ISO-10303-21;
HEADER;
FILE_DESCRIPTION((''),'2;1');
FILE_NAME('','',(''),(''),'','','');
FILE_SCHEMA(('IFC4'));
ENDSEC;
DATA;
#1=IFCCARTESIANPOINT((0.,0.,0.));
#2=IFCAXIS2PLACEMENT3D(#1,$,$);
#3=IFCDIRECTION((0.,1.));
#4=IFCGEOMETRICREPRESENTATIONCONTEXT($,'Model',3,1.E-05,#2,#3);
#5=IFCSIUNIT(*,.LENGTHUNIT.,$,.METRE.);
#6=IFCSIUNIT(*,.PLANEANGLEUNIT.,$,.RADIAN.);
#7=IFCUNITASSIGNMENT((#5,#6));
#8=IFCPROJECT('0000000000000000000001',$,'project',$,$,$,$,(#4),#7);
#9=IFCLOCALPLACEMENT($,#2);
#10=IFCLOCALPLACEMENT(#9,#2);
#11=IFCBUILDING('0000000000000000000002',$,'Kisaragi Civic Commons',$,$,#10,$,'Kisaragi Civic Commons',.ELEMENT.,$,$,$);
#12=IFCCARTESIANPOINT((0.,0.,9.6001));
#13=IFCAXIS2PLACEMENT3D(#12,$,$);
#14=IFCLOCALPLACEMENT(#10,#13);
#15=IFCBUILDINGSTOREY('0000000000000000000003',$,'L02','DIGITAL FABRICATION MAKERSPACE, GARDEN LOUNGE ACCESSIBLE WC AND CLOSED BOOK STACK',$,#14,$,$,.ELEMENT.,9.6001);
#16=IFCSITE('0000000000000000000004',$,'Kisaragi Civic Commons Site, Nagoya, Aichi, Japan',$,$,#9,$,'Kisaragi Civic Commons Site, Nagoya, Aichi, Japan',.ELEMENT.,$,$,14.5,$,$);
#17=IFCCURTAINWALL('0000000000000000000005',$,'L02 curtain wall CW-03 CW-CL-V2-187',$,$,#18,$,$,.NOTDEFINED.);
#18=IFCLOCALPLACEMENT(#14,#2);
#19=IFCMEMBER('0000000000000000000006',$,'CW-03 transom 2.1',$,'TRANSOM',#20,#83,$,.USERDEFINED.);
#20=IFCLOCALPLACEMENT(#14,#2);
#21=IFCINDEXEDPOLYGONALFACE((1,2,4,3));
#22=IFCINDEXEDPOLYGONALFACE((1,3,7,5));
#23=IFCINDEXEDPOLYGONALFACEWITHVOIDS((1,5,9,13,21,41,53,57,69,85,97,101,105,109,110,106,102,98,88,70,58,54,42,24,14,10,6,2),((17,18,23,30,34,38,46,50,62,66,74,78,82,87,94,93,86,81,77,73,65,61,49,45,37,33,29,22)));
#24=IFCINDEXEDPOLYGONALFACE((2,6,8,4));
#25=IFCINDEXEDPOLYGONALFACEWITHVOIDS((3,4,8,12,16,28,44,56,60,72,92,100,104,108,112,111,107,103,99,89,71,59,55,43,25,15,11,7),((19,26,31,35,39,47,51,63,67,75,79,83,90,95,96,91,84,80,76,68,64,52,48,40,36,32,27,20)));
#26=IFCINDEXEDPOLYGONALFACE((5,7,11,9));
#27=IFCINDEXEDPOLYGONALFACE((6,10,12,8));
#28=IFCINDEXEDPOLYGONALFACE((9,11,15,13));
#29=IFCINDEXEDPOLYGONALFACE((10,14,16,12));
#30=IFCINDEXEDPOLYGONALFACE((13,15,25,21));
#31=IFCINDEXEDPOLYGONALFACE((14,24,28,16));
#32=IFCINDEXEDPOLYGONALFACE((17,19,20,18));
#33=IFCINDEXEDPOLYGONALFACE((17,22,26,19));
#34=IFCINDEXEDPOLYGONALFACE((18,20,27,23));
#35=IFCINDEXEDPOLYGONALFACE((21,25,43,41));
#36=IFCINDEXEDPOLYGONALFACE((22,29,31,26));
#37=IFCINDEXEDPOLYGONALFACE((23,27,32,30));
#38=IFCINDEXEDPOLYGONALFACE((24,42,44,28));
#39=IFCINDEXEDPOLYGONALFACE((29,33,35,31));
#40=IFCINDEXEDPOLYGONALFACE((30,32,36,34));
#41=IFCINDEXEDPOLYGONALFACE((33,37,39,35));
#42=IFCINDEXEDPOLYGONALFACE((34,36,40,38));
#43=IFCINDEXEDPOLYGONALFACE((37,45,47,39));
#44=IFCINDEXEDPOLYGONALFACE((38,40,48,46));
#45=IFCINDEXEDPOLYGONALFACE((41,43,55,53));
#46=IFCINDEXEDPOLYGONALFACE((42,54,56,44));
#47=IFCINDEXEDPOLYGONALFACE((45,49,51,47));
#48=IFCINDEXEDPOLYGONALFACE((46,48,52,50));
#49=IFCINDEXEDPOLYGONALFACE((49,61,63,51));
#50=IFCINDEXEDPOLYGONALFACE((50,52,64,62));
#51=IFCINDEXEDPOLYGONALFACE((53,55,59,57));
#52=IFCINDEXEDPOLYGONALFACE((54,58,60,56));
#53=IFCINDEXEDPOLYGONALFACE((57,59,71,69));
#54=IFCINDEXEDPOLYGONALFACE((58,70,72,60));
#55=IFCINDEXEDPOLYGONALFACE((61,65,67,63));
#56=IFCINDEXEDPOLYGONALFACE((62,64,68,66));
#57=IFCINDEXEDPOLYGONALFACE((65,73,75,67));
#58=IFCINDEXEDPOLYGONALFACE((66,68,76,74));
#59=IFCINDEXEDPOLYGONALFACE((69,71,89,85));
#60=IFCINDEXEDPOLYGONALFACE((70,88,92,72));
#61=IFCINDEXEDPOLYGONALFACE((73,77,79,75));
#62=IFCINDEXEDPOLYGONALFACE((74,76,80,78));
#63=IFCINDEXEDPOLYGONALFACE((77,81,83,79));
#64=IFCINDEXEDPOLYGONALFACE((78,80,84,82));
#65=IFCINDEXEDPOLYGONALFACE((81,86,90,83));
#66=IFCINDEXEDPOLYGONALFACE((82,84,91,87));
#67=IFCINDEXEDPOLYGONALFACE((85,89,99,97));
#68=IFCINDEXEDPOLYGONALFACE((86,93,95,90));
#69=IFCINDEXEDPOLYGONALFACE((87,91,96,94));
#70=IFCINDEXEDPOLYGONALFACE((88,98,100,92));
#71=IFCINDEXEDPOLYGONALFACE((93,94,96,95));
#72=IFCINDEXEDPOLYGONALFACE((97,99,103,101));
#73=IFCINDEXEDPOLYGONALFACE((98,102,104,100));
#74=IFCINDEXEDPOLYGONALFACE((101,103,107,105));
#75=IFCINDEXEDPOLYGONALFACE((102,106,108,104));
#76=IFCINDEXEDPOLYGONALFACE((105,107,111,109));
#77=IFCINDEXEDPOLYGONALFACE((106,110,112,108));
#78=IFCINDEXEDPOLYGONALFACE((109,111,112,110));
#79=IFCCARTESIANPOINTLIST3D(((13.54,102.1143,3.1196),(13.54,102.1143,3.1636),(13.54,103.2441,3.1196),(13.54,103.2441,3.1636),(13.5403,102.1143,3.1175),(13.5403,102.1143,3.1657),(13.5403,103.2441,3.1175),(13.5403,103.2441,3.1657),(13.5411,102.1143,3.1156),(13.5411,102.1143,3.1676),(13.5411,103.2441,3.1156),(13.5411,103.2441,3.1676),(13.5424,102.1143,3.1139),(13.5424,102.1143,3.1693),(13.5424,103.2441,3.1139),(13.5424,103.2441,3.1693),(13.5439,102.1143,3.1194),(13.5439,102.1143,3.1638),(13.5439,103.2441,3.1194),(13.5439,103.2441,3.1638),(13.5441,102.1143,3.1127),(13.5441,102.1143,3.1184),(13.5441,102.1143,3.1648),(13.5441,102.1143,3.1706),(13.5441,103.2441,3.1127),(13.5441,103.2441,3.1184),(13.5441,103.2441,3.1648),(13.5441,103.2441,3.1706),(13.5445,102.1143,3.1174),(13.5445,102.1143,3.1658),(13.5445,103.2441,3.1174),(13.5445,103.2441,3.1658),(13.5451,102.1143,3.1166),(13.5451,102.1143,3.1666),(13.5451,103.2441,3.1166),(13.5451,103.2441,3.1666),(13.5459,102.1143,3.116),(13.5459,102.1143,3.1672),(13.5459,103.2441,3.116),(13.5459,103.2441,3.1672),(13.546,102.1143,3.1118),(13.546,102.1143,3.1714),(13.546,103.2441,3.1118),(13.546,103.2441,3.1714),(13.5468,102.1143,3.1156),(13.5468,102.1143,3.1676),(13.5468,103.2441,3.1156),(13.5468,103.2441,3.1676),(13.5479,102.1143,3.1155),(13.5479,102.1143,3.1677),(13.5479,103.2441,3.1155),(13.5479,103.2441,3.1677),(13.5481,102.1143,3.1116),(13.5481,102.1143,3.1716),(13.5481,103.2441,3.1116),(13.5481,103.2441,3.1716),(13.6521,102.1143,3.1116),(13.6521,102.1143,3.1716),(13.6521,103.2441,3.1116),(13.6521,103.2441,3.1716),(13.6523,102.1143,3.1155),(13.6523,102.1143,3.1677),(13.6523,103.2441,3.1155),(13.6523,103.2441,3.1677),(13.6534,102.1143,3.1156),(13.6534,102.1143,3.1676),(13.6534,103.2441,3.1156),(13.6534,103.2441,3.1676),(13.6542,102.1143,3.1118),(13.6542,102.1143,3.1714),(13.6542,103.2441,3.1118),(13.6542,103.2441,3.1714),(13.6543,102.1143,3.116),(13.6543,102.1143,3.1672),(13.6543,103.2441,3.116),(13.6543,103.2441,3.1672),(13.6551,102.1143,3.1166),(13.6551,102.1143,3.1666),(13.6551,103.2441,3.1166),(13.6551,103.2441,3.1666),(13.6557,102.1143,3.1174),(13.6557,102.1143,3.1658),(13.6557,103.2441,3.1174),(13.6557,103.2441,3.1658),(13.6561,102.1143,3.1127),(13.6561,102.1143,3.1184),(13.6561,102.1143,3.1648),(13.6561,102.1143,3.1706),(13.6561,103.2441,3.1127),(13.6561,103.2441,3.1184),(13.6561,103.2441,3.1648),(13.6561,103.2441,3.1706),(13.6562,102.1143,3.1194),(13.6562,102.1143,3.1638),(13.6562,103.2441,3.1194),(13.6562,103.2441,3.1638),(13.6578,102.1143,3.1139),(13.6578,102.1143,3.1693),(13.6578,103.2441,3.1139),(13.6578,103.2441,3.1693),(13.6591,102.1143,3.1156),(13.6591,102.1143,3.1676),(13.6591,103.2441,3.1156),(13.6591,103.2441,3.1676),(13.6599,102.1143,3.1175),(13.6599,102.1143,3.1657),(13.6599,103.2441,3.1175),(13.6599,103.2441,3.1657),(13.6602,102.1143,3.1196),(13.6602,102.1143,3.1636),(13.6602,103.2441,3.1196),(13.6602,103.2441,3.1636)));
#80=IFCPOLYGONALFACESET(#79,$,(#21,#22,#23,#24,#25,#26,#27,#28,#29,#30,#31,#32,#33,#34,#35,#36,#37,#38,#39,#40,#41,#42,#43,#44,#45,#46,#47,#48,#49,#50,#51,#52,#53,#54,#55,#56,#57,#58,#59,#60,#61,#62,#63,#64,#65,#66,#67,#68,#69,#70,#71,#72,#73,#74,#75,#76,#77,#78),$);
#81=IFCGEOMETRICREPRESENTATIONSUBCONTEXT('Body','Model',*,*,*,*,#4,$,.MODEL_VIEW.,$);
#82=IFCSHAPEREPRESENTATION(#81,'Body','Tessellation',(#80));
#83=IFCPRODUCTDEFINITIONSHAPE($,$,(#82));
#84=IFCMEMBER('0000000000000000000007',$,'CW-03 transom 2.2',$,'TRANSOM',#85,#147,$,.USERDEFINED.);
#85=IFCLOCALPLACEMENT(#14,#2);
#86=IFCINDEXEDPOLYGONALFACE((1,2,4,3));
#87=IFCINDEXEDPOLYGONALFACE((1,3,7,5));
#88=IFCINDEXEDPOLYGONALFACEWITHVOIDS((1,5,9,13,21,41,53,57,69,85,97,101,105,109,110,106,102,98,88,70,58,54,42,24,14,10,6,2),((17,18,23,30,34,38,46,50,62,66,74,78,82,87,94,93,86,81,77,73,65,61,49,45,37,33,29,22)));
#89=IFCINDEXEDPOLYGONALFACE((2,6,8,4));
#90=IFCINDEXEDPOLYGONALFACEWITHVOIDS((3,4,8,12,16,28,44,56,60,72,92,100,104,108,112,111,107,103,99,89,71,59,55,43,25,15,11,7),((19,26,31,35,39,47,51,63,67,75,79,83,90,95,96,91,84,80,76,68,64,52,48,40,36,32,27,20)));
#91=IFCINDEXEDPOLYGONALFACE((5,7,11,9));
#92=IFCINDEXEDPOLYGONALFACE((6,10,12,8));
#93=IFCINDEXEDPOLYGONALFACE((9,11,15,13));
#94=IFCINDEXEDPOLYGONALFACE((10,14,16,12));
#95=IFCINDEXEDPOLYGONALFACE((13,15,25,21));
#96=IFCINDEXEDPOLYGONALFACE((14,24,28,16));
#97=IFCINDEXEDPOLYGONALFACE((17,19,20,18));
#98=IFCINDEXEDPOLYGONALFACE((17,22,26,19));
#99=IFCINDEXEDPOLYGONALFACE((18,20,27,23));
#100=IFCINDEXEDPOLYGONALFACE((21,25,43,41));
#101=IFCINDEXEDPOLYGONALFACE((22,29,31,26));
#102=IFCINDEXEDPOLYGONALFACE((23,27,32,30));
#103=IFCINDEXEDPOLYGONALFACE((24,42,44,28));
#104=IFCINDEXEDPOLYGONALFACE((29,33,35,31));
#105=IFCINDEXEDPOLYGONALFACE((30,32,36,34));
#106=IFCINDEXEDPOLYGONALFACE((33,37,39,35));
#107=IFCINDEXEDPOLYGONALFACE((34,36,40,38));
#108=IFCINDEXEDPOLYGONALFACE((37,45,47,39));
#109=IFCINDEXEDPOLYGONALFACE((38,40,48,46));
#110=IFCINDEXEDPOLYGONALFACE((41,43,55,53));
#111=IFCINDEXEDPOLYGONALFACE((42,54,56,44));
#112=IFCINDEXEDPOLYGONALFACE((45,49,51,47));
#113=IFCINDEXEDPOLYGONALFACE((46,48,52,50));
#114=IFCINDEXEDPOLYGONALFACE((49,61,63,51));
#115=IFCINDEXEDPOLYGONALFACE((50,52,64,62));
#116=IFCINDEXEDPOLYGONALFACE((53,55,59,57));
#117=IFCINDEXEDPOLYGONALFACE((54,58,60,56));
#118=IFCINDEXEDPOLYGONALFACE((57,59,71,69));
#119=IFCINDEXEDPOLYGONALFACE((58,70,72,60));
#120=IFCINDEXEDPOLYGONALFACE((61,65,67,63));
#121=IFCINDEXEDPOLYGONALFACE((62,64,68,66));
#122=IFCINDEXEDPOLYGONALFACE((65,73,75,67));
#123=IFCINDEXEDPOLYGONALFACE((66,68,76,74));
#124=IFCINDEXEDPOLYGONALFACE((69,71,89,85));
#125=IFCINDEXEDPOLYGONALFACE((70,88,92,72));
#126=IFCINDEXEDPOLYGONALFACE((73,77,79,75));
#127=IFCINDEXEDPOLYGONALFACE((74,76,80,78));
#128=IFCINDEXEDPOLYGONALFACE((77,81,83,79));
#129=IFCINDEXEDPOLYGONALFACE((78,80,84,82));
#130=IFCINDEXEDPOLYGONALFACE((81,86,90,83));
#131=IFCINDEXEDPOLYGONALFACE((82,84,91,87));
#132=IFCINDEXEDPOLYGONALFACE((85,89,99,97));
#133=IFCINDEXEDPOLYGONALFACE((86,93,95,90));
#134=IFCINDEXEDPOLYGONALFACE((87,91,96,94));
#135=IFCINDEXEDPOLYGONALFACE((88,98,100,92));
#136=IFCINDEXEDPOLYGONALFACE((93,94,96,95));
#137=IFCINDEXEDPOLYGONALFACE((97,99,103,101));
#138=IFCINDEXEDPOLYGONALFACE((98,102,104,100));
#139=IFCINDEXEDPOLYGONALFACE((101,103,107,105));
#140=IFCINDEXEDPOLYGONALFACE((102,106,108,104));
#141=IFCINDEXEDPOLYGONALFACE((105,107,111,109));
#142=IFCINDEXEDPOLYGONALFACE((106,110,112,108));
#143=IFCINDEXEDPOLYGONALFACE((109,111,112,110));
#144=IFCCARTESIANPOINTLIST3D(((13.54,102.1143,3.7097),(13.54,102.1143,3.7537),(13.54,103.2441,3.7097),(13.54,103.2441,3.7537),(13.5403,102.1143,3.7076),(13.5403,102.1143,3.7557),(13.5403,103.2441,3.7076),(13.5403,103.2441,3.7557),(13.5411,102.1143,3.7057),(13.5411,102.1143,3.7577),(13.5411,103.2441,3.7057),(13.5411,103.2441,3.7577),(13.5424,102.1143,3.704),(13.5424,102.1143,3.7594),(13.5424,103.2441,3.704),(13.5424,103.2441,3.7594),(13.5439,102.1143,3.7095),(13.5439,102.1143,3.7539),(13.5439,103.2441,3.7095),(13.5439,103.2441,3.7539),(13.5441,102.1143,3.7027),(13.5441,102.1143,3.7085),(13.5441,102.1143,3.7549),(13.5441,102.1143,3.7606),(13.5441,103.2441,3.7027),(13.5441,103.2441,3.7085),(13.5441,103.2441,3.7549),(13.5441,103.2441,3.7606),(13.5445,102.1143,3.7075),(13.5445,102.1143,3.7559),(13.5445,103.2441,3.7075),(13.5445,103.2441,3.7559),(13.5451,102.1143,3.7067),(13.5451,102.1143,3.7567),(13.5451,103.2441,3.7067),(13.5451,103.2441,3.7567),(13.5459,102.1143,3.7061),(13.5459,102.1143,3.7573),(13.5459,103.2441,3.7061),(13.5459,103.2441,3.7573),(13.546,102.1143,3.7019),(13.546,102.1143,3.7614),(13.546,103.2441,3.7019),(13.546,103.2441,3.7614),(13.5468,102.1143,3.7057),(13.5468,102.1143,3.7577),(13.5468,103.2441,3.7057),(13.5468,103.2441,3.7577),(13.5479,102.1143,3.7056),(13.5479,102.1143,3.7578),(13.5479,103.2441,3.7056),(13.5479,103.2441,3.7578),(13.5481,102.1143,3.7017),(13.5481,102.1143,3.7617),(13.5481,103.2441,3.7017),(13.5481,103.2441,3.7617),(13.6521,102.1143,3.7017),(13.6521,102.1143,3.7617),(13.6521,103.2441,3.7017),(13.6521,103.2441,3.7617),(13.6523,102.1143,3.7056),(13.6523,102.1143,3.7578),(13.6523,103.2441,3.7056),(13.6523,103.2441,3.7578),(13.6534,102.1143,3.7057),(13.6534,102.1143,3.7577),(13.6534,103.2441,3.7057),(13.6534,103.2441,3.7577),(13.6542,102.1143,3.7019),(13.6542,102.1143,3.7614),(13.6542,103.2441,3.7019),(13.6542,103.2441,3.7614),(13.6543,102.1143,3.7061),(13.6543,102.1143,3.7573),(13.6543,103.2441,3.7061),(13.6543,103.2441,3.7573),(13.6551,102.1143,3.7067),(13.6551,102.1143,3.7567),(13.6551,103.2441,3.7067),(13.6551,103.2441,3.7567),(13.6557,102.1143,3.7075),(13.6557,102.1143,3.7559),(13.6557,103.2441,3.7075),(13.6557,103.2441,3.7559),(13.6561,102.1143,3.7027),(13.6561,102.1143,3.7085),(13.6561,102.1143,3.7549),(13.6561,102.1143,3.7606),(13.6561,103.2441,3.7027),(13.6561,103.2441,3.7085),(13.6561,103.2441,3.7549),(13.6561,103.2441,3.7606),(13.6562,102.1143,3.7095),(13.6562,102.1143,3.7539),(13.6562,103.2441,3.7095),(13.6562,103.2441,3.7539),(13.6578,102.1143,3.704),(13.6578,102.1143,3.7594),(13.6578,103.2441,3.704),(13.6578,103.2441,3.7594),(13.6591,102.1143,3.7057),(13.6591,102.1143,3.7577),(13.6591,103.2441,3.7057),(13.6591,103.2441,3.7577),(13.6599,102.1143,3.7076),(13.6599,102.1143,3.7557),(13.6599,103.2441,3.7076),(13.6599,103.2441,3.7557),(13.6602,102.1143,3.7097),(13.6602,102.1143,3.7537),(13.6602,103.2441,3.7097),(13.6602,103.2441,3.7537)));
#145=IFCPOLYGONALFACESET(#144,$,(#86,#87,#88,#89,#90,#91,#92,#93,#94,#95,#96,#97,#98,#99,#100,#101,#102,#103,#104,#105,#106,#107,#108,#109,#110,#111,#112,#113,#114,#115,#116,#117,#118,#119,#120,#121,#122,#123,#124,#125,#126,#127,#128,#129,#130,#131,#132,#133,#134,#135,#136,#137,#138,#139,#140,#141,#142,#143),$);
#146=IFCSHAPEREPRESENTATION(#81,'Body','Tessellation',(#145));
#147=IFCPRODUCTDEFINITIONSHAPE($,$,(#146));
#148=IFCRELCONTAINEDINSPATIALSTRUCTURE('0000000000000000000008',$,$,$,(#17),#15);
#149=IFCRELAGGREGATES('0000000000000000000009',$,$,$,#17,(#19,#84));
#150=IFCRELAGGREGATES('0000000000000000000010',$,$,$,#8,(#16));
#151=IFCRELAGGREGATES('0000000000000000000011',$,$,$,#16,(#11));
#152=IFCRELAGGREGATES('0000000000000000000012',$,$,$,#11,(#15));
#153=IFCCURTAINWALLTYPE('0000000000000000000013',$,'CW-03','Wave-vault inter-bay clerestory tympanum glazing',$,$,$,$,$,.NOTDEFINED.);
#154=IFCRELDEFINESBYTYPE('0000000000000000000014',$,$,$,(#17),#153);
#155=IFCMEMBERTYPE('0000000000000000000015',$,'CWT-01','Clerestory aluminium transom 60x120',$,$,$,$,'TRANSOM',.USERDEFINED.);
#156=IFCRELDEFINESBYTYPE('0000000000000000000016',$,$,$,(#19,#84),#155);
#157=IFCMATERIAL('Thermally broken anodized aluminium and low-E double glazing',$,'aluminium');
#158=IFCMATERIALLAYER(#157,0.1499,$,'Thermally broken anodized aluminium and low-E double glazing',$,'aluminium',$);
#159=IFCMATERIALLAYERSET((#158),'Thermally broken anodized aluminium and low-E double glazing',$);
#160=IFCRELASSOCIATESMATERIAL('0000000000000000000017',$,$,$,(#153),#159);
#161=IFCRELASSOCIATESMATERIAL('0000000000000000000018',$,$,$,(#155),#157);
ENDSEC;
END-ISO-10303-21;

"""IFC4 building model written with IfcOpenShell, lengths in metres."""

from ifc_helpers import new_model, si_unit, direction, frame, origin, origin_2d, place, context, subcontext, project, spatial, hollow_rectangle, extrude, material, layer, layer_set, material_profile, profile_set, type_object, element, aggregate, save


model = new_model("IFC4")

# Units and contexts
model_context = context("Model", 3, precision=1e-05, world=origin(), true_north=direction((0.0, 1.0)))
body_context = subcontext(model_context, "Body", "Model", "MODEL_VIEW")
ifc_project = project(units=[si_unit("LENGTHUNIT", "METRE"), si_unit("PLANEANGLEUNIT", "RADIAN")], contexts=[model_context])

# Site, building, storey
site_placement = place(None, origin())
site = spatial("IfcSite", under=ifc_project, at=site_placement, Name="Kisaragi Civic Commons Site, Nagoya, Aichi, Japan", LongName="Kisaragi Civic Commons Site, Nagoya, Aichi, Japan", CompositionType="ELEMENT", RefElevation=14.5)
building_placement = place(site_placement, origin())
building = spatial("IfcBuilding", under=site, at=building_placement, Name="Kisaragi Civic Commons", LongName="Kisaragi Civic Commons", CompositionType="ELEMENT")
storey_placement = place(building_placement, frame((0.0, 0.0, 9.6001)))
storey = spatial("IfcBuildingStorey", under=building, at=storey_placement, Name="L02", Description="DIGITAL FABRICATION MAKERSPACE, GARDEN LOUNGE ACCESSIBLE WC AND CLOSED BOOK STACK", CompositionType="ELEMENT", Elevation=9.6001)

# Curtain wall
ifc_material_1 = material(Name="Thermally broken anodized aluminium and low-E double glazing", Category="aluminium")
ifc_layer_1 = layer(ifc_material_1, 0.1499, Name="Thermally broken anodized aluminium and low-E double glazing", Category="aluminium")
ifc_layer_set_1 = layer_set([ifc_layer_1], Name="Thermally broken anodized aluminium and low-E double glazing")
curtain_wall_type = type_object("IfcCurtainWallType", Name="CW-03", Description="Wave-vault inter-bay clerestory tympanum glazing", PredefinedType="NOTDEFINED", material=ifc_layer_set_1)
curtain_wall_1_placement = place(storey_placement, origin())
curtain_wall_1 = element("IfcCurtainWall", 1, at=curtain_wall_1_placement, inside=storey, type_object=curtain_wall_type, Name="L02 curtain wall CW-03 CW-CL-V2-187", PredefinedType="NOTDEFINED")

# Members
ifc_material_profile_1 = material_profile(ifc_material_1, hollow_rectangle(XDim=0.1201, YDim=0.0601, WallThickness=0.0039, InnerFilletRadius=0.0039, OuterFilletRadius=0.0081, at=origin_2d()), Name="CWT-60x120x4", Category="aluminium")
ifc_profile_set_1 = profile_set([ifc_material_profile_1], Name="Thermally broken anodized aluminium and low-E double glazing")
member_type_1 = type_object("IfcMemberType", Name="CWT-01", Description="Clerestory aluminium transom 60x120", ElementType="TRANSOM", PredefinedType="USERDEFINED", material=ifc_profile_set_1)
member_1_placement = place(storey_placement, frame((13.6001, 102.1143, 3.1416), z_axis=(0.0, 1.0, 0.0), x_axis=(-1.0, 0.0, 0.0)))
member_1 = element("IfcMember", 2, at=member_1_placement, type_object=member_type_1, Name="CW-03 transom 2.1", ObjectType="TRANSOM", PredefinedType="USERDEFINED", context=body_context, shape_type="SweptSolid", body=[
    extrude(hollow_rectangle(XDim=0.1201, YDim=0.0601, WallThickness=0.0039, InnerFilletRadius=0.0039, OuterFilletRadius=0.0081, at=origin_2d()), origin(), (0.0, 0.0, 1.0), 1.1299),
])
member_2_placement = place(storey_placement, frame((13.6001, 102.1143, 3.7317), z_axis=(0.0, 1.0, 0.0), x_axis=(-1.0, 0.0, 0.0)))
member_2 = element("IfcMember", 3, at=member_2_placement, type_object=member_type_1, Name="CW-03 transom 2.2", ObjectType="TRANSOM", PredefinedType="USERDEFINED", context=body_context, shape_type="SweptSolid", body=[
    extrude(hollow_rectangle(XDim=0.1201, YDim=0.0601, WallThickness=0.0039, InnerFilletRadius=0.0039, OuterFilletRadius=0.0081, at=origin_2d()), origin(), (0.0, 0.0, 1.0), 1.1299),
])

aggregate(curtain_wall_1, [member_1, member_2])

save(model, "model.ifc")
